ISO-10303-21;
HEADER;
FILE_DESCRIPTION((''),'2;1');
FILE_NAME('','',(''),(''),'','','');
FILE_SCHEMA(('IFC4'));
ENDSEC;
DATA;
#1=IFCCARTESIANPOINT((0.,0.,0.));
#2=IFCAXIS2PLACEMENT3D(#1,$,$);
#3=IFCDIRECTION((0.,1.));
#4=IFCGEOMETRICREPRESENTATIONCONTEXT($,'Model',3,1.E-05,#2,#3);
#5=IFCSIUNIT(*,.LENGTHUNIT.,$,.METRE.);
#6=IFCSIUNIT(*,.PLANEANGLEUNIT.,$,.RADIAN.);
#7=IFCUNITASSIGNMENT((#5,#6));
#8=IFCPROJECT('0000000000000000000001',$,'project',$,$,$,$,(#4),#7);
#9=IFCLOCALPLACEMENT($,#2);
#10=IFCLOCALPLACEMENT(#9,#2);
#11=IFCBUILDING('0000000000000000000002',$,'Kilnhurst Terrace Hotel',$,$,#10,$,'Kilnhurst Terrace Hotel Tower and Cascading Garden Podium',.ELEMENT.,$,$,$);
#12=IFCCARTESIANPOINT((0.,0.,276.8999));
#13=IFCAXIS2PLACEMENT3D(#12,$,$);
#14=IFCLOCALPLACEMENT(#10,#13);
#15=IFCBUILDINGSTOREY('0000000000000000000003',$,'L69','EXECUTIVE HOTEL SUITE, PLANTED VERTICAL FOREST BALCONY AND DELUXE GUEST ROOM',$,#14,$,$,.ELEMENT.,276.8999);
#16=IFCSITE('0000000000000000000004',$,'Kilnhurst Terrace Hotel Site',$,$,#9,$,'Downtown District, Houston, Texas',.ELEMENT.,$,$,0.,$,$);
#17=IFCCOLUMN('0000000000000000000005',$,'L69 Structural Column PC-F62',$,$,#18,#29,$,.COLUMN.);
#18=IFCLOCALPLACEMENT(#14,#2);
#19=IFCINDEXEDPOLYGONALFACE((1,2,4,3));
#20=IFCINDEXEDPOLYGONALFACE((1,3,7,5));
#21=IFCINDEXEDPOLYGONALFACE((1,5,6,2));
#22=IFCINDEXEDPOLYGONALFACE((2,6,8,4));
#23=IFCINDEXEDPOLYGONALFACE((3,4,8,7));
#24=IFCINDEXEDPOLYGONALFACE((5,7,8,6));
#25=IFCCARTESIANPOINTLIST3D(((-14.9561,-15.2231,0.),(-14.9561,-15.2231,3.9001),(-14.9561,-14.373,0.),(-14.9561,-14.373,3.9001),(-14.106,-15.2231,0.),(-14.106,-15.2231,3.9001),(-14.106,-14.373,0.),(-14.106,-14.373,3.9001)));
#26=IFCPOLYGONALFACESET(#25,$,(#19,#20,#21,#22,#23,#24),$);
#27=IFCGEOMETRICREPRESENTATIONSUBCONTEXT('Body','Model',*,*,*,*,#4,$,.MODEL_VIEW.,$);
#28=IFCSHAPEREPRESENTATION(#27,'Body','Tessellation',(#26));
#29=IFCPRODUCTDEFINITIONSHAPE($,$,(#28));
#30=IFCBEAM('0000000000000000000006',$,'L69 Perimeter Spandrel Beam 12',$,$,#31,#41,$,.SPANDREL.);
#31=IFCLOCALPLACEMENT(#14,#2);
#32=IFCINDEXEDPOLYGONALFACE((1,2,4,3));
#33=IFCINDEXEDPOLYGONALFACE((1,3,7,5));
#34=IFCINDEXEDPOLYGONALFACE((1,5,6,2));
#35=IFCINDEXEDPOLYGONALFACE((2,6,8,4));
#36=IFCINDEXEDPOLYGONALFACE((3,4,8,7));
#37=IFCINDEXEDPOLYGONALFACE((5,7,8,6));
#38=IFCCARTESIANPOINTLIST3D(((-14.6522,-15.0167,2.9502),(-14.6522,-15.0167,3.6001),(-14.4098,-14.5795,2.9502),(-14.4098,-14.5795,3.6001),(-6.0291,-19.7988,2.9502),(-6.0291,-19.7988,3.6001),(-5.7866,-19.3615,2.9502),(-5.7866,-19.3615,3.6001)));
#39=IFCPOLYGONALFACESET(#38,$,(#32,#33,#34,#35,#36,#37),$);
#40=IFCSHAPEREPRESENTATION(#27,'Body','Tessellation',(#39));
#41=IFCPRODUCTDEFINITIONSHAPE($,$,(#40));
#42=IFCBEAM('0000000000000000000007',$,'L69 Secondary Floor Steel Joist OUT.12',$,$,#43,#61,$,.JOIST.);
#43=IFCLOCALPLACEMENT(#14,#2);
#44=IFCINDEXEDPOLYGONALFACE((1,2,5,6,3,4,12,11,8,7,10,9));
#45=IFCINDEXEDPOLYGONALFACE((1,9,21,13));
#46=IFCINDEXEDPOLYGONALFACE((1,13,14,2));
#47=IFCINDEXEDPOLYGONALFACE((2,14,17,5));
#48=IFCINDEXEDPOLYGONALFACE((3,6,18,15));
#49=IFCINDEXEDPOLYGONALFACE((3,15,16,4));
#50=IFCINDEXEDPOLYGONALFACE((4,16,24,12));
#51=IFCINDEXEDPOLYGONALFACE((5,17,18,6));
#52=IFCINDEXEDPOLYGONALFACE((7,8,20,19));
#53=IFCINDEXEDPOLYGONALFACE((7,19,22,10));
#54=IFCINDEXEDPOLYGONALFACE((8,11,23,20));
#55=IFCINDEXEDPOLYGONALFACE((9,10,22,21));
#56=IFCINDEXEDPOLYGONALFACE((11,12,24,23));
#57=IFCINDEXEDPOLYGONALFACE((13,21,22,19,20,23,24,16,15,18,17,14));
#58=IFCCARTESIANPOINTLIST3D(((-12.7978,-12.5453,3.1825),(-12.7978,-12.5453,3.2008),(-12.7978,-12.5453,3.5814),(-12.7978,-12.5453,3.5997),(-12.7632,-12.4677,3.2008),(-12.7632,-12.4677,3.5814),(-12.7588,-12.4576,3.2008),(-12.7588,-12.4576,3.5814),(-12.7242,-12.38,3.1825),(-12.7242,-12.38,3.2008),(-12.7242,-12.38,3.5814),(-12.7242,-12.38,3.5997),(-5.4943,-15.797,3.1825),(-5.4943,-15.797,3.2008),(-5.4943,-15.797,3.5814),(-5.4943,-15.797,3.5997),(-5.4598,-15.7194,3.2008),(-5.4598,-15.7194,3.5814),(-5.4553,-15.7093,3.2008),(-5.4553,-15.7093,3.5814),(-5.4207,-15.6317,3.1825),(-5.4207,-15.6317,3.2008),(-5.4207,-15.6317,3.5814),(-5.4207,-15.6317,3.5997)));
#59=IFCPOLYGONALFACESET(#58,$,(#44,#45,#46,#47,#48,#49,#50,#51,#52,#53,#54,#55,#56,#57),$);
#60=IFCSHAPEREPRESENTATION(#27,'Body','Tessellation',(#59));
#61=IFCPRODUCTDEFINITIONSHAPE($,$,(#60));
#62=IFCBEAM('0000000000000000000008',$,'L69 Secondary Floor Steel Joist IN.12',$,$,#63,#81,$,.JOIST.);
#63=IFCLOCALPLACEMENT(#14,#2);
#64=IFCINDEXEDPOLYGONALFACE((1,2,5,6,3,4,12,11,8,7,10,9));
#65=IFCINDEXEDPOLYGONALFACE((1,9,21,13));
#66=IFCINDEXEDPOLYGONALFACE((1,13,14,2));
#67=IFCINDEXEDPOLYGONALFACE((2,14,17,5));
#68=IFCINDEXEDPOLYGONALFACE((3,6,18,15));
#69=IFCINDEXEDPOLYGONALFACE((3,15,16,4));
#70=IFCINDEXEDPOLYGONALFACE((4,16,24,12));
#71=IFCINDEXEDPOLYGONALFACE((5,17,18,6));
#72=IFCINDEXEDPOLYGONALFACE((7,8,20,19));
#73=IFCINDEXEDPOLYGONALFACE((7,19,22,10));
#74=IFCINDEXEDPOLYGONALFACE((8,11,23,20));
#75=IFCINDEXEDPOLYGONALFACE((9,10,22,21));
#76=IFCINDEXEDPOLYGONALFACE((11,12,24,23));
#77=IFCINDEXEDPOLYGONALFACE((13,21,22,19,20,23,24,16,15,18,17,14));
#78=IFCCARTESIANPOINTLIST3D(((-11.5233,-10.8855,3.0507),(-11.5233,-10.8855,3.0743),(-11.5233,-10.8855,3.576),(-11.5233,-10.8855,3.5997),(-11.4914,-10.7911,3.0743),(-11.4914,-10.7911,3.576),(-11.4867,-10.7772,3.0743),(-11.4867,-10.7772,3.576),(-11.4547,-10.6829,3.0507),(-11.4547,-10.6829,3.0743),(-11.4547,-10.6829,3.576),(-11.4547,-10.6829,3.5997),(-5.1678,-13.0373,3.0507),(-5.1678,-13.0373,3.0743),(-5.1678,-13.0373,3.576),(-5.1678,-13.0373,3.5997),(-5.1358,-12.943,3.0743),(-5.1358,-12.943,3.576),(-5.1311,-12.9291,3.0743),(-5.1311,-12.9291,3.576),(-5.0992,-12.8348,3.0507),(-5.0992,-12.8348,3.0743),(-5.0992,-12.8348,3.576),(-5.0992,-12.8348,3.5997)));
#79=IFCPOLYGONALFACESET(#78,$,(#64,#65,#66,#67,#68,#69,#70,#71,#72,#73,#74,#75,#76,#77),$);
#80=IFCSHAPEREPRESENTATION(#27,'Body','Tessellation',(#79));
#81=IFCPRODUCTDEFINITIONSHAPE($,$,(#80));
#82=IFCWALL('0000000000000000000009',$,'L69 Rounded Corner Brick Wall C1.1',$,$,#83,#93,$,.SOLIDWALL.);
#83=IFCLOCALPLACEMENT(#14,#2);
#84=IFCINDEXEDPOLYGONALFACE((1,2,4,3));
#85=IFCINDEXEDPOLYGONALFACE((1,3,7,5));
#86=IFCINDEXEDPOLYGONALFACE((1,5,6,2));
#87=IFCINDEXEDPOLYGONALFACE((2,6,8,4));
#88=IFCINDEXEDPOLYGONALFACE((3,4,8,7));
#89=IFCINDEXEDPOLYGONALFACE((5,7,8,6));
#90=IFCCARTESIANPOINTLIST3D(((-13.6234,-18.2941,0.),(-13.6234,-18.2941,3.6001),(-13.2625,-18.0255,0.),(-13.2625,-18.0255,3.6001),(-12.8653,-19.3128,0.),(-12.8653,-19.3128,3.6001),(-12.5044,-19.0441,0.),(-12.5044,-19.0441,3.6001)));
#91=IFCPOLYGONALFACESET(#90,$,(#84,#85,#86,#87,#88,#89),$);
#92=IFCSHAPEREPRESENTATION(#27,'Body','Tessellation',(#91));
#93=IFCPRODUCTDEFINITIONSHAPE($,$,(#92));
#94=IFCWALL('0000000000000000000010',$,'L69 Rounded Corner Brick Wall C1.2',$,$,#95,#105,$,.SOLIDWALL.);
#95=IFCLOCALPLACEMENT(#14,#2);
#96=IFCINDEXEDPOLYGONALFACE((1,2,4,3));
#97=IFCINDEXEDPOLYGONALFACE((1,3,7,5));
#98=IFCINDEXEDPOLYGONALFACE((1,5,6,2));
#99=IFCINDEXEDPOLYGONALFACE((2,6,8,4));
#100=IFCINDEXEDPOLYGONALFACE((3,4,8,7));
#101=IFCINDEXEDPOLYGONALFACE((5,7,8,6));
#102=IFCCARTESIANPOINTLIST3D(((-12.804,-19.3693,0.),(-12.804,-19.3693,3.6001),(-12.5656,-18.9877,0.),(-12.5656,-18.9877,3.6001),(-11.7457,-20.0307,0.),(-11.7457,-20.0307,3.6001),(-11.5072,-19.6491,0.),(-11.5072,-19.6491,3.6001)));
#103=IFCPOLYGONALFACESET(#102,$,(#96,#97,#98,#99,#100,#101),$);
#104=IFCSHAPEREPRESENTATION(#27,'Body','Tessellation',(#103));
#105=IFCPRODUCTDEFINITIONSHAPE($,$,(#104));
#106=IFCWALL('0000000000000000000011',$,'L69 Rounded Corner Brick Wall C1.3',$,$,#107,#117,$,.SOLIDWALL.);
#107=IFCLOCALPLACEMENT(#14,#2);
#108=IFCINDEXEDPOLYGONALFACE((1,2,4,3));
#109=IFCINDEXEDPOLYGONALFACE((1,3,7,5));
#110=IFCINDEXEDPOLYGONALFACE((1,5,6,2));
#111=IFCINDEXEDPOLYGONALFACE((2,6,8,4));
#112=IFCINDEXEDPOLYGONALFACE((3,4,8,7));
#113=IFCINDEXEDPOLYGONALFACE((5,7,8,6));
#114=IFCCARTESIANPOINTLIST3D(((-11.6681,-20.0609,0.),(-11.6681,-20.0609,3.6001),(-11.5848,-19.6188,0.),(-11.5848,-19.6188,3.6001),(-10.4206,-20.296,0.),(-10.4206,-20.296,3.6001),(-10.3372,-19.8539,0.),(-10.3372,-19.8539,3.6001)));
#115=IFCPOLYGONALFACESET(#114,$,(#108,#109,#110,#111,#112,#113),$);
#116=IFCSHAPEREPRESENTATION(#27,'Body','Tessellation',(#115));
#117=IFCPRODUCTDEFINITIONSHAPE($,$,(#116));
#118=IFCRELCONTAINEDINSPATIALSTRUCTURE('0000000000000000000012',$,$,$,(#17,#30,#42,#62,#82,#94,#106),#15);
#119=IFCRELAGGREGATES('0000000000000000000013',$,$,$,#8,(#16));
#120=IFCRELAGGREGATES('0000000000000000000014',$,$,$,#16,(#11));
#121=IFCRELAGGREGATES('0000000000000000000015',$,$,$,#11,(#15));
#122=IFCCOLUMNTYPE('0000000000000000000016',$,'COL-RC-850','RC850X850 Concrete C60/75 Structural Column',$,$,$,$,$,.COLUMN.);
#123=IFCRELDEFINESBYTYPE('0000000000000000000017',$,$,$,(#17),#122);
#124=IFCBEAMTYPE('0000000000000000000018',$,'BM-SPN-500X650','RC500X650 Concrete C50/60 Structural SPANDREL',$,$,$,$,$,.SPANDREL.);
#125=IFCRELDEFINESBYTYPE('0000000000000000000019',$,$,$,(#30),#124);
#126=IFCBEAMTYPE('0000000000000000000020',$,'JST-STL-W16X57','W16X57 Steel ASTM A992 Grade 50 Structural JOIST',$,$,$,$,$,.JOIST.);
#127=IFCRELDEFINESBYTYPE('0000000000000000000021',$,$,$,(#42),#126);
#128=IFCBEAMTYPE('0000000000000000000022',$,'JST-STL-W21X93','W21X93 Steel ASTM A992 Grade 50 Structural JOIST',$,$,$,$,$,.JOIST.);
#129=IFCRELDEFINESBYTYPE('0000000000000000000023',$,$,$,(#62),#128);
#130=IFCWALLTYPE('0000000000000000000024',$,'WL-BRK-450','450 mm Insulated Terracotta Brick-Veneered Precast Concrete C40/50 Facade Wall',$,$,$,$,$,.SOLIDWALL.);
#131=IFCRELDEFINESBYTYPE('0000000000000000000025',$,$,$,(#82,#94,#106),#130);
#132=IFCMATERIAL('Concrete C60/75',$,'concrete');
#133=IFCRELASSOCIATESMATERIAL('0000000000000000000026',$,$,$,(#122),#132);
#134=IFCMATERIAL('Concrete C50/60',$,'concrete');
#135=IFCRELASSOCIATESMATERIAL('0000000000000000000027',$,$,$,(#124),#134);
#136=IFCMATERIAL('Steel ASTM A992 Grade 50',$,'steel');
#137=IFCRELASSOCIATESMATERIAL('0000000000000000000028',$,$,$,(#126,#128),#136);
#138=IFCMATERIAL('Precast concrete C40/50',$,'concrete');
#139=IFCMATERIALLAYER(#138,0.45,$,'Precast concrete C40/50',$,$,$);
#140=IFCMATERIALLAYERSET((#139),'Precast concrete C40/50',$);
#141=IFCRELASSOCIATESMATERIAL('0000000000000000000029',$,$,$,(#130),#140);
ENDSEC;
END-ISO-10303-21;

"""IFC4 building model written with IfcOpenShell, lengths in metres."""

from ifc_helpers import new_model, si_unit, direction, frame, frame_2d, origin, origin_2d, place, context, subcontext, project, spatial, rectangle, i_section, extrude, material, layer, layer_set, material_profile, profile_set, type_object, element, save


model = new_model("IFC4")

# Units and contexts
model_context = context("Model", 3, precision=1e-05, world=origin(), true_north=direction((0.0, 1.0)))
body_context = subcontext(model_context, "Body", "Model", "MODEL_VIEW")
ifc_project = project(units=[si_unit("LENGTHUNIT", "METRE"), si_unit("PLANEANGLEUNIT", "RADIAN")], contexts=[model_context])

# Site, building, storey
site_placement = place(None, origin())
site = spatial("IfcSite", under=ifc_project, at=site_placement, Name="Kilnhurst Terrace Hotel Site", LongName="Downtown District, Houston, Texas", CompositionType="ELEMENT", RefElevation=0.0)
building_placement = place(site_placement, origin())
building = spatial("IfcBuilding", under=site, at=building_placement, Name="Kilnhurst Terrace Hotel", LongName="Kilnhurst Terrace Hotel Tower and Cascading Garden Podium", CompositionType="ELEMENT")
storey_placement = place(building_placement, frame((0.0, 0.0, 276.8999)))
storey = spatial("IfcBuildingStorey", under=building, at=storey_placement, Name="L69", Description="EXECUTIVE HOTEL SUITE, PLANTED VERTICAL FOREST BALCONY AND DELUXE GUEST ROOM", CompositionType="ELEMENT", Elevation=276.8999)

# Column
ifc_material_1 = material(Name="Concrete C60/75", Category="concrete")
ifc_material_profile_1 = material_profile(ifc_material_1, rectangle(XDim=0.8501, YDim=0.8501, at=origin_2d()), Name="RC850X850")
ifc_profile_set_1 = profile_set([ifc_material_profile_1], Name="Concrete C60/75")
column_type = type_object("IfcColumnType", Name="COL-RC-850", Description="RC850X850 Concrete C60/75 Structural Column", PredefinedType="COLUMN", material=ifc_profile_set_1)
column_placement = place(storey_placement, frame((-14.531, -14.7981, 0.0), z_axis=(0.0, 0.0, 1.0), x_axis=(1.0, 0.0, 0.0)))
element("IfcColumn", 1, at=column_placement, inside=storey, type_object=column_type, Name="L69 Structural Column PC-F62", PredefinedType="COLUMN", context=body_context, shape_type="SweptSolid", body=[
    extrude(rectangle(XDim=0.8501, YDim=0.8501, at=origin_2d()), origin(), (0.0, 0.0, 1.0), 3.9001),
])

# Beams
ifc_material_2 = material(Name="Concrete C50/60", Category="concrete")
ifc_material_profile_2 = material_profile(ifc_material_2, rectangle(XDim=0.5, YDim=0.6499, at=origin_2d()), Name="RC500X650")
ifc_profile_set_2 = profile_set([ifc_material_profile_2], Name="Concrete C50/60")
beam_type_1 = type_object("IfcBeamType", Name="BM-SPN-500X650", Description="RC500X650 Concrete C50/60 Structural SPANDREL", PredefinedType="SPANDREL", material=ifc_profile_set_2)
beam_1_placement = place(storey_placement, frame((-14.531, -14.7981, 3.2751), z_axis=(0.874527, -0.484976, 0.0), x_axis=(0.484976, 0.874527, 0.0)))
element("IfcBeam", 2, at=beam_1_placement, inside=storey, type_object=beam_type_1, Name="L69 Perimeter Spandrel Beam 12", PredefinedType="SPANDREL", context=body_context, shape_type="SweptSolid", body=[
    extrude(rectangle(XDim=0.5, YDim=0.6499, at=origin_2d()), origin(), (0.0, 0.0, 1.0), 9.8604),
])
ifc_material_3 = material(Name="Steel ASTM A992 Grade 50", Category="steel")
ifc_material_profile_3 = material_profile(ifc_material_3, i_section(OverallWidth=0.1809, OverallDepth=0.4172, WebThickness=0.011, FlangeThickness=0.0183, at=origin_2d()), Name="W16X57")
ifc_profile_set_3 = profile_set([ifc_material_profile_3], Name="Steel ASTM A992 Grade 50")
beam_type_2 = type_object("IfcBeamType", Name="JST-STL-W16X57", Description="W16X57 Steel ASTM A992 Grade 50 Structural JOIST", PredefinedType="JOIST", material=ifc_profile_set_3)
beam_2_placement = place(storey_placement, frame((-12.761, -12.4626, 3.3911), z_axis=(0.913546, -0.406736, 0.0), x_axis=(0.406736, 0.913546, 0.0)))
element("IfcBeam", 3, at=beam_2_placement, inside=storey, type_object=beam_type_2, Name="L69 Secondary Floor Steel Joist OUT.12", PredefinedType="JOIST", context=body_context, shape_type="SweptSolid", body=[
    extrude(i_section(OverallWidth=0.1809, OverallDepth=0.4172, WebThickness=0.011, FlangeThickness=0.0183, at=origin_2d()), origin(), (0.0, 0.0, 1.0), 7.9946),
])
ifc_material_profile_4 = material_profile(ifc_material_3, i_section(OverallWidth=0.2139, OverallDepth=0.5491, WebThickness=0.0146, FlangeThickness=0.0237, at=origin_2d()), Name="W21X93")
ifc_profile_set_4 = profile_set([ifc_material_profile_4], Name="Steel ASTM A992 Grade 50")
beam_type_3 = type_object("IfcBeamType", Name="JST-STL-W21X93", Description="W21X93 Steel ASTM A992 Grade 50 Structural JOIST", PredefinedType="JOIST", material=ifc_profile_set_4)
beam_3_placement = place(storey_placement, frame((-11.489, -10.7842, 3.3252), z_axis=(0.947181, -0.3207, 0.0), x_axis=(0.3207, 0.947181, 0.0)))
element("IfcBeam", 4, at=beam_3_placement, inside=storey, type_object=beam_type_3, Name="L69 Secondary Floor Steel Joist IN.12", PredefinedType="JOIST", context=body_context, shape_type="SweptSolid", body=[
    extrude(i_section(OverallWidth=0.2139, OverallDepth=0.5491, WebThickness=0.0146, FlangeThickness=0.0237, at=origin_2d()), origin(), (0.0, 0.0, 1.0), 6.71),
])

# Walls
ifc_material_4 = material(Name="Precast concrete C40/50", Category="concrete")
ifc_layer_1 = layer(ifc_material_4, 0.45, Name="Precast concrete C40/50")
ifc_layer_set_1 = layer_set([ifc_layer_1], Name="Precast concrete C40/50")
wall_type_1 = type_object("IfcWallType", Name="WL-BRK-450", Description="450 mm Insulated Terracotta Brick-Veneered Precast Concrete C40/50 Facade Wall", PredefinedType="SOLIDWALL", material=ifc_layer_set_1)
wall_1_placement = place(storey_placement, frame((-13.4429, -18.1599, 0.0), z_axis=(0.0, 0.0, 1.0), x_axis=(0.597042, -0.80221, 0.0)))
element("IfcWall", 5, at=wall_1_placement, inside=storey, type_object=wall_type_1, Name="L69 Rounded Corner Brick Wall C1.1", PredefinedType="SOLIDWALL", context=body_context, shape_type="SweptSolid", body=[
    extrude(rectangle(XDim=1.2698, YDim=0.45, at=frame_2d((0.6348, 0.0))), origin(), (0.0, 0.0, 1.0), 3.6001),
])
wall_2_placement = place(storey_placement, frame((-12.6848, -19.1785, 0.0), z_axis=(0.0, 0.0, 1.0), x_axis=(0.848031, -0.529946, 0.0)))
element("IfcWall", 6, at=wall_2_placement, inside=storey, type_object=wall_type_1, Name="L69 Rounded Corner Brick Wall C1.2", PredefinedType="SOLIDWALL", context=body_context, shape_type="SweptSolid", body=[
    extrude(rectangle(XDim=1.248, YDim=0.45, at=frame_2d((0.624, 0.0))), origin(), (0.0, 0.0, 1.0), 3.6001),
])
wall_3_placement = place(storey_placement, frame((-11.6265, -19.8398, 0.0), z_axis=(0.0, 0.0, 1.0), x_axis=(0.982702, -0.185194, 0.0)))
element("IfcWall", 7, at=wall_3_placement, inside=storey, type_object=wall_type_1, Name="L69 Rounded Corner Brick Wall C1.3", PredefinedType="SOLIDWALL", context=body_context, shape_type="SweptSolid", body=[
    extrude(rectangle(XDim=1.2695, YDim=0.45, at=frame_2d((0.6348, 0.0))), origin(), (0.0, 0.0, 1.0), 3.6001),
])

save(model, "model.ifc")
